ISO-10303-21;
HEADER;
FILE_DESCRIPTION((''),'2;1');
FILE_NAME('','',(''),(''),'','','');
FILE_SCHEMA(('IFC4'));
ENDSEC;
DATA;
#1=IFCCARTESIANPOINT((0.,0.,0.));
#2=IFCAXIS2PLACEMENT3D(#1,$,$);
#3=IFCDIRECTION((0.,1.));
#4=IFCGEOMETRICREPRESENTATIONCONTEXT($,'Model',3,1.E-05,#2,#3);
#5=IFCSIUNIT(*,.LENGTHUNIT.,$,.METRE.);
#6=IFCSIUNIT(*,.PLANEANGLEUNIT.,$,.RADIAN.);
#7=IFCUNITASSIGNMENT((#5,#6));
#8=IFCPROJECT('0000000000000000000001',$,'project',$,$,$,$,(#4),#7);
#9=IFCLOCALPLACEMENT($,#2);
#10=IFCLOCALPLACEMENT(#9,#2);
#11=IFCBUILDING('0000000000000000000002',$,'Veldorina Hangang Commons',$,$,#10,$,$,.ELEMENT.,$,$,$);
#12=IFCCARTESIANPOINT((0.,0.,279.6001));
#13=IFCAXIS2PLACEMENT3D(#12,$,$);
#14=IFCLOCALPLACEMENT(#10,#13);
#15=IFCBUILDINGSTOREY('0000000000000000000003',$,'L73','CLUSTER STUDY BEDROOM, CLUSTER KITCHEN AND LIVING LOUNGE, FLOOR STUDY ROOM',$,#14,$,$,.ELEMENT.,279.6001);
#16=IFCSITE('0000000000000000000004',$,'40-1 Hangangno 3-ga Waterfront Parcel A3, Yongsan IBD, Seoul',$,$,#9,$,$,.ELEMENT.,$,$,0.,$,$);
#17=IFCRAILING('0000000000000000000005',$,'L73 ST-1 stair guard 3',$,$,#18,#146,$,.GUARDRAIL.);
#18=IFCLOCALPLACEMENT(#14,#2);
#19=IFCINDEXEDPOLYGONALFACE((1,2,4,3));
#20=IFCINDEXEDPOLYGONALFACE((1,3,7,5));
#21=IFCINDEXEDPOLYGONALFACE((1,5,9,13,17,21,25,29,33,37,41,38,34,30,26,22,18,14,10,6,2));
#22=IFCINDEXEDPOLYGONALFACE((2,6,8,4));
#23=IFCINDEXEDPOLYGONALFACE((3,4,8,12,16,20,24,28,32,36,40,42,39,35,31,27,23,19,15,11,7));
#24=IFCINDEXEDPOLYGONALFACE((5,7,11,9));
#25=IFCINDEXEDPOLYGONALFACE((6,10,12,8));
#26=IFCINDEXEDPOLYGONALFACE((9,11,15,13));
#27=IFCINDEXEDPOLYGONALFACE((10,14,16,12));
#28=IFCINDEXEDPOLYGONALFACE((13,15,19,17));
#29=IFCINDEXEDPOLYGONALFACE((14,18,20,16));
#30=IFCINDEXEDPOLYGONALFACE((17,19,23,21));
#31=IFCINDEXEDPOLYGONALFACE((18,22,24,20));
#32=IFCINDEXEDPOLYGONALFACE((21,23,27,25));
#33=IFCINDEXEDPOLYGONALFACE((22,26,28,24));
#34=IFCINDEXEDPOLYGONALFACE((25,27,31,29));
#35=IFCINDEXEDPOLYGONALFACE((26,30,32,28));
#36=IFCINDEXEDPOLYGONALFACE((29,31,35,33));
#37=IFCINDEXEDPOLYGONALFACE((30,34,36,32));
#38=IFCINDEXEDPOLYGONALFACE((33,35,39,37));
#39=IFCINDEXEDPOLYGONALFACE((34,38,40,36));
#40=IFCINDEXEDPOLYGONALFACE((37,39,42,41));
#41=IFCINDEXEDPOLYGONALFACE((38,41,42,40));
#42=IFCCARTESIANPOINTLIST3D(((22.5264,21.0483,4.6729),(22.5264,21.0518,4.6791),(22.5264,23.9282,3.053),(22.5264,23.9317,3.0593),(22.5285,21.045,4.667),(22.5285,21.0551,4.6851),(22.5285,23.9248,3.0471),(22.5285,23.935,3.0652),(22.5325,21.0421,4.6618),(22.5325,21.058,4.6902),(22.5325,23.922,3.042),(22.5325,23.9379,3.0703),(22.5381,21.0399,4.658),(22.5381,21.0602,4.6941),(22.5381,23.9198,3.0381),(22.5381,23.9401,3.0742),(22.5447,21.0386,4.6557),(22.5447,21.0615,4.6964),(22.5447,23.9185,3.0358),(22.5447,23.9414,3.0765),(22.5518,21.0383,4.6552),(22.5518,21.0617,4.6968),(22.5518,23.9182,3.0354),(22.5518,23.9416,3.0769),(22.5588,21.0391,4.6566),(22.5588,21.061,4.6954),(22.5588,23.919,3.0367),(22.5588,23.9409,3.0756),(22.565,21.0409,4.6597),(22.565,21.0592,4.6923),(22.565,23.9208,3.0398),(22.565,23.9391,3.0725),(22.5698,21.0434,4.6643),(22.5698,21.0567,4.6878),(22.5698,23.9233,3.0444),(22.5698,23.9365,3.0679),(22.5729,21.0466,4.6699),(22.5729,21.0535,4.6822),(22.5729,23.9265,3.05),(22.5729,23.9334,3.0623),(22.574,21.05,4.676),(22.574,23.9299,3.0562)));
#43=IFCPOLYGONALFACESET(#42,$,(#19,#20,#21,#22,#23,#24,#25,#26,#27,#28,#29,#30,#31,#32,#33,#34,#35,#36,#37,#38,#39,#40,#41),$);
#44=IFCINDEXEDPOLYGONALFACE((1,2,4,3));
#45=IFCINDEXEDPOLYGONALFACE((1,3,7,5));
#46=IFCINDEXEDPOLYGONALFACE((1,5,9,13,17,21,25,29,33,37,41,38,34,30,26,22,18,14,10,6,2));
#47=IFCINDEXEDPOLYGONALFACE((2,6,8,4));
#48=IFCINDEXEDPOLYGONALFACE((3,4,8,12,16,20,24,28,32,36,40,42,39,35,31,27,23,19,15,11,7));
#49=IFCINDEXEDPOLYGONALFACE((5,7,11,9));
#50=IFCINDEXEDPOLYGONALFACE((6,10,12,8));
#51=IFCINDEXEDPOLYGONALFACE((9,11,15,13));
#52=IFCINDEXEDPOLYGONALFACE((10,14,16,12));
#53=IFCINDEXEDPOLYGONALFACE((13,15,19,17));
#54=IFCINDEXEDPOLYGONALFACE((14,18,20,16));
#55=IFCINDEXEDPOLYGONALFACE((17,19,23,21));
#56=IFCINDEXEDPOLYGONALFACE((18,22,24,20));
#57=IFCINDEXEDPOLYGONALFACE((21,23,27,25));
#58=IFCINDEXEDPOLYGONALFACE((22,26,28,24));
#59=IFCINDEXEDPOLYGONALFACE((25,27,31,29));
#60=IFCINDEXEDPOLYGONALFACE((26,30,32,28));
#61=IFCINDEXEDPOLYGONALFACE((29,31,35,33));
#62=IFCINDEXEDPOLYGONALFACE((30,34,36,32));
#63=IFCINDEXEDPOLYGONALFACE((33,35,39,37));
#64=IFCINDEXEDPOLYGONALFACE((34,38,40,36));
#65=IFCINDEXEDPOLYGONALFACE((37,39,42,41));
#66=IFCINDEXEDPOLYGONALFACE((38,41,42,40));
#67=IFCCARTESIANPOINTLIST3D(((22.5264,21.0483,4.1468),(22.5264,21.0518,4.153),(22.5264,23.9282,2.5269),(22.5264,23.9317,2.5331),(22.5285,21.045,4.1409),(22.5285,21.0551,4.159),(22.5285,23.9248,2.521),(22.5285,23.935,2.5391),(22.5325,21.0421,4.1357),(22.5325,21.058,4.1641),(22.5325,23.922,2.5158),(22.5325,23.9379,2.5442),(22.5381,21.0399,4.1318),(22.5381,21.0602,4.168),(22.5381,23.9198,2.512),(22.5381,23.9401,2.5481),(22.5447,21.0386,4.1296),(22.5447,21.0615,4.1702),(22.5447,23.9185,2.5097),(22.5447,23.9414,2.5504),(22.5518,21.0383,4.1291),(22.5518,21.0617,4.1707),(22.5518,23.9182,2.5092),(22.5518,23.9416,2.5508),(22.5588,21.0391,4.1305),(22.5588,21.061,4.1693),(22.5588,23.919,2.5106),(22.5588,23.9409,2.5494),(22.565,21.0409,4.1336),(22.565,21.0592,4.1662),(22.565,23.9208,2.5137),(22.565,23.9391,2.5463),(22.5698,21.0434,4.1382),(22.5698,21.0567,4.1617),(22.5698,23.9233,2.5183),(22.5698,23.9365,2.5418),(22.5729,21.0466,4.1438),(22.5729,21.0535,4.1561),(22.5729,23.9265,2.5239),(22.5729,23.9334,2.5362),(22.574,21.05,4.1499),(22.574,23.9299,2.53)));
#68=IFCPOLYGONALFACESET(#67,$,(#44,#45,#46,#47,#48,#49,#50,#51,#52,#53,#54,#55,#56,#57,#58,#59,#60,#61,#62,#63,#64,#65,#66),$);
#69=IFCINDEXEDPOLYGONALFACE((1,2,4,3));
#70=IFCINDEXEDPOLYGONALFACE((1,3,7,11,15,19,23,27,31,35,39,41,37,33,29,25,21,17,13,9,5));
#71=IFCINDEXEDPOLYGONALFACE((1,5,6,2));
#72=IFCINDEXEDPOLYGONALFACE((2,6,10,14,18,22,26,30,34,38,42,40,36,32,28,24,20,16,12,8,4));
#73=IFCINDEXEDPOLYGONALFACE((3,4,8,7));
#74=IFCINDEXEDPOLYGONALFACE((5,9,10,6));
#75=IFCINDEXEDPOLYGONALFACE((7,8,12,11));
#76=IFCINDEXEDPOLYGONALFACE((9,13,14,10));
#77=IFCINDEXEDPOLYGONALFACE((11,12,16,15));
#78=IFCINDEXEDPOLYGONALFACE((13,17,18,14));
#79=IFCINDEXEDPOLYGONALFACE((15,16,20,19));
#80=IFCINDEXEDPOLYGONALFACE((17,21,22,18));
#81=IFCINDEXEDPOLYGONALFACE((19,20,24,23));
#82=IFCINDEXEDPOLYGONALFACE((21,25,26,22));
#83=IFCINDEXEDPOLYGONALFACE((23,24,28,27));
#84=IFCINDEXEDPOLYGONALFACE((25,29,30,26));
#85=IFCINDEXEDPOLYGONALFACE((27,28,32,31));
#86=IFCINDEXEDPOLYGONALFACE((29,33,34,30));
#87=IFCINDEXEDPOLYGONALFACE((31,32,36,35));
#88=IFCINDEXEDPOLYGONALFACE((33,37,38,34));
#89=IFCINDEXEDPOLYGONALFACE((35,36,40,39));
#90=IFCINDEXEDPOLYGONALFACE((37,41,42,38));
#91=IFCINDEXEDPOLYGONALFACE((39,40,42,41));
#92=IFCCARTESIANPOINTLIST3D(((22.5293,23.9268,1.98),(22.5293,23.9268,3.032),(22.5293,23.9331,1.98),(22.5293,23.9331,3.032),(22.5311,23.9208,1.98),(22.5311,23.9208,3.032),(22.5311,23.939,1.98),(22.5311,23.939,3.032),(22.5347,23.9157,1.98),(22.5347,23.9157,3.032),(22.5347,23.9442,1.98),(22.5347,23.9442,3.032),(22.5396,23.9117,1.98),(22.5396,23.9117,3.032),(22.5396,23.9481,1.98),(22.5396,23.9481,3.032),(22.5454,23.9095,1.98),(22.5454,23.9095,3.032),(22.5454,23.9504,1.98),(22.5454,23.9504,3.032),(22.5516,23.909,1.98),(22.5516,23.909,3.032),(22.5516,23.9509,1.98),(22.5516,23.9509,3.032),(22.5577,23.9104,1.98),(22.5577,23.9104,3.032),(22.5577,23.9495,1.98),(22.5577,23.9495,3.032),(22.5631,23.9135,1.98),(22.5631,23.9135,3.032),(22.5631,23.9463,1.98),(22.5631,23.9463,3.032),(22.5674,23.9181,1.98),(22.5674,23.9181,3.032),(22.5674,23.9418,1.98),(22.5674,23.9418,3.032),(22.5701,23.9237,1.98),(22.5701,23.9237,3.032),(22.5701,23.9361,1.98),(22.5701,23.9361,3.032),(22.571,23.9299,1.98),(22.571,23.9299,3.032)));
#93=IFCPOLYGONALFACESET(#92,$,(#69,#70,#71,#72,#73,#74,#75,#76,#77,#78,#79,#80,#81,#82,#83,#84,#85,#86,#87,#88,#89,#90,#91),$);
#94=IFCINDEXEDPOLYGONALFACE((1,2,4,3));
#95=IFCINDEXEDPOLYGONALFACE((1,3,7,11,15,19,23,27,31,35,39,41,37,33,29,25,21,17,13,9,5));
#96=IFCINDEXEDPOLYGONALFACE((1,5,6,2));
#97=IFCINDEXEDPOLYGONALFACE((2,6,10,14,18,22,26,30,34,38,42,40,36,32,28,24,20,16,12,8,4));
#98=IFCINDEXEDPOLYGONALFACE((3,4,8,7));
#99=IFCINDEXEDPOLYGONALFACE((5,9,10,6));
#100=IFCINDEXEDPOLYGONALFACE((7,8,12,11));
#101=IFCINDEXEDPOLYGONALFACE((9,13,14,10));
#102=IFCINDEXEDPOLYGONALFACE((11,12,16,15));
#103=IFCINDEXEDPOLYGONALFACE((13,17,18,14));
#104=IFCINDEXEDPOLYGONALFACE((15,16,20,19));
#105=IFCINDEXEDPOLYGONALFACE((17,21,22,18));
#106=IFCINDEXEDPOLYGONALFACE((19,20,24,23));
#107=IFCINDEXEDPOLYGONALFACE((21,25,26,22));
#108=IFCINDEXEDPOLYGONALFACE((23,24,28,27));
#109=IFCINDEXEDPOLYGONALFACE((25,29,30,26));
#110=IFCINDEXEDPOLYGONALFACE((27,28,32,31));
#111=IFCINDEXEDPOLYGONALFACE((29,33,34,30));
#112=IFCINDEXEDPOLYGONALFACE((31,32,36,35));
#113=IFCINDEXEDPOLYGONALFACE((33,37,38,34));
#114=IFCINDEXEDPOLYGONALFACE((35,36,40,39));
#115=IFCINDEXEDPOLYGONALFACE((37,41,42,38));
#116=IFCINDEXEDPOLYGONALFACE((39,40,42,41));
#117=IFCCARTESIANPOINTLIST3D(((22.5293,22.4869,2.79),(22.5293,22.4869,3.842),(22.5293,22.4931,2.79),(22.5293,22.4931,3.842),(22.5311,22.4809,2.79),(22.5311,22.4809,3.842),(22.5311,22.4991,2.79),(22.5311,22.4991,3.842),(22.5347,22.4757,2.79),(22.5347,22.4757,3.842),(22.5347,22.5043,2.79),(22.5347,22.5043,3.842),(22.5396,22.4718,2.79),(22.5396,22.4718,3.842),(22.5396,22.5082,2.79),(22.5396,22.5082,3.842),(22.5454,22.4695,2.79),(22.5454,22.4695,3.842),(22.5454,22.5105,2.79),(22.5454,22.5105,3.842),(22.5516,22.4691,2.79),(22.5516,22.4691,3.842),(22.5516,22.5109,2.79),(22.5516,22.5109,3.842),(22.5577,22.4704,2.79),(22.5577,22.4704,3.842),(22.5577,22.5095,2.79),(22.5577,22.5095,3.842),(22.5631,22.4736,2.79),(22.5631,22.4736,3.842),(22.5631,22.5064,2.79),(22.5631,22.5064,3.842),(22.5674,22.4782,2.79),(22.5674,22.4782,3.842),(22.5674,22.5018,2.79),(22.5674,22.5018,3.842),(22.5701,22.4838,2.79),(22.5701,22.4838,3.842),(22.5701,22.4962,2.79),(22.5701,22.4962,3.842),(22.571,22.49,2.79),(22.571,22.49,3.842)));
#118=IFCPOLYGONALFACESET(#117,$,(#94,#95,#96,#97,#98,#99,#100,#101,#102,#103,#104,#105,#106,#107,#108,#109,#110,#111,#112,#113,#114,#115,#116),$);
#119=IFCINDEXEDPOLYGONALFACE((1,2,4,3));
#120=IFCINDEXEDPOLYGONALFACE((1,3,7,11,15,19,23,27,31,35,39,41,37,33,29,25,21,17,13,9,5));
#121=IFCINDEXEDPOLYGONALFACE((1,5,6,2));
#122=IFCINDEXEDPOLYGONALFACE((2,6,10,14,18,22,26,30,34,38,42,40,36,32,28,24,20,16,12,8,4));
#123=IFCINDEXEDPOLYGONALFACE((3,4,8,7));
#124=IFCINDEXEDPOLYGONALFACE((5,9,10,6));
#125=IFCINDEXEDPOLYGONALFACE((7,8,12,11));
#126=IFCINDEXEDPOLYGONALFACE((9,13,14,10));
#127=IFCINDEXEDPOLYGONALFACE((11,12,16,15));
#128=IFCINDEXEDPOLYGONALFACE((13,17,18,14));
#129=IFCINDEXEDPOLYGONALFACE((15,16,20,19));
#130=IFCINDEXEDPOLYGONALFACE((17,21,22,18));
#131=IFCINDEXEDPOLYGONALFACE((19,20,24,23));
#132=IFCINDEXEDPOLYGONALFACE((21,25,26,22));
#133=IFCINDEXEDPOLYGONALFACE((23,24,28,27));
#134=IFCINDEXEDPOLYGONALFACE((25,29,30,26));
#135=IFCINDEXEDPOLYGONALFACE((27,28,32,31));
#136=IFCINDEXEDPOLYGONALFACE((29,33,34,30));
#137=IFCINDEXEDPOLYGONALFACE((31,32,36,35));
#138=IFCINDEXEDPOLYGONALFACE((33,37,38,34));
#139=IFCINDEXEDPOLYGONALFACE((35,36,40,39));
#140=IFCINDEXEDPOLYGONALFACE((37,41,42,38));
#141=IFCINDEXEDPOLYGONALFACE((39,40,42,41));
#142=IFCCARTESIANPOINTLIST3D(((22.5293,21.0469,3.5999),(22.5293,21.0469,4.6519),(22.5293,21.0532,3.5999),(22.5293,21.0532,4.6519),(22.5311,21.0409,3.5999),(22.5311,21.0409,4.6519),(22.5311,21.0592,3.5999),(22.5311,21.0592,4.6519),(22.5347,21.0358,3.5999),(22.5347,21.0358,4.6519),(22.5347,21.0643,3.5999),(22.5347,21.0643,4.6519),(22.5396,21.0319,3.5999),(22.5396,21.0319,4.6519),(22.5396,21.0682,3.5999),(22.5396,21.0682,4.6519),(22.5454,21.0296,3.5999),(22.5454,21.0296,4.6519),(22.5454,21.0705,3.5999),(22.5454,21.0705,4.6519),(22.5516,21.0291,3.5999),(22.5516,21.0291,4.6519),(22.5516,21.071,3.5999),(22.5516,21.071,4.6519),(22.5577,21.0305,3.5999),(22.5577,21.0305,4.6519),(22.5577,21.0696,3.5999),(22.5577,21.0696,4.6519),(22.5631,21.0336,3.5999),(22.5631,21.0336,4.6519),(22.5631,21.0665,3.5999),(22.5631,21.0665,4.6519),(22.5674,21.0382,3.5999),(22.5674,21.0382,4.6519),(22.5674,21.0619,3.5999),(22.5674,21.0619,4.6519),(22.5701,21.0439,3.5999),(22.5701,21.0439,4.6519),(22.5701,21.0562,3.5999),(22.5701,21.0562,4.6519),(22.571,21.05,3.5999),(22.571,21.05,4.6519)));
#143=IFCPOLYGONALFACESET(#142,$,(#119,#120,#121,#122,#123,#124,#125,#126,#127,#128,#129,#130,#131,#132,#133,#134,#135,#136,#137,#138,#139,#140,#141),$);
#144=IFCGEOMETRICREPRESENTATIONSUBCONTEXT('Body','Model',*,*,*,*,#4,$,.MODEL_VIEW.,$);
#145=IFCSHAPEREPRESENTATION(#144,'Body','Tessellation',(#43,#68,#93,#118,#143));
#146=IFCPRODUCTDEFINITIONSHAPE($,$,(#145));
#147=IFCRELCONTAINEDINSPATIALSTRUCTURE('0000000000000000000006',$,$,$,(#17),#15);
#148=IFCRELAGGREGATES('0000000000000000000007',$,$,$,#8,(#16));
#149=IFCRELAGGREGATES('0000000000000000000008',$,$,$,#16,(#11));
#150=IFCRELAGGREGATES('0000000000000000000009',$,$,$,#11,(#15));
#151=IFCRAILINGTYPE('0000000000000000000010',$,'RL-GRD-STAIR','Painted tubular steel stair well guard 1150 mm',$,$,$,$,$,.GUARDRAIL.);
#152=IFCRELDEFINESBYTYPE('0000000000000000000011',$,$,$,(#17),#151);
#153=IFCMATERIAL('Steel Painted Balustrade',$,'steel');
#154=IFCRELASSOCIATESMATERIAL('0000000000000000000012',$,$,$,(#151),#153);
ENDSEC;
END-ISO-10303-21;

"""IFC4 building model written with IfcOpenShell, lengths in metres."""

from ifc_helpers import new_model, si_unit, direction, frame, origin, origin_2d, place, context, subcontext, project, spatial, circle, extrude, material, type_object, element, save


model = new_model("IFC4")

# Units and contexts
model_context = context("Model", 3, precision=1e-05, world=origin(), true_north=direction((0.0, 1.0)))
body_context = subcontext(model_context, "Body", "Model", "MODEL_VIEW")
ifc_project = project(units=[si_unit("LENGTHUNIT", "METRE"), si_unit("PLANEANGLEUNIT", "RADIAN")], contexts=[model_context])

# Site, building, storey
site_placement = place(None, origin())
site = spatial("IfcSite", under=ifc_project, at=site_placement, Name="40-1 Hangangno 3-ga Waterfront Parcel A3, Yongsan IBD, Seoul", CompositionType="ELEMENT", RefElevation=0.0)
building_placement = place(site_placement, origin())
building = spatial("IfcBuilding", under=site, at=building_placement, Name="Veldorina Hangang Commons", CompositionType="ELEMENT")
storey_placement = place(building_placement, frame((0.0, 0.0, 279.6001)))
storey = spatial("IfcBuildingStorey", under=building, at=storey_placement, Name="L73", Description="CLUSTER STUDY BEDROOM, CLUSTER KITCHEN AND LIVING LOUNGE, FLOOR STUDY ROOM", CompositionType="ELEMENT", Elevation=279.6001)

# Railing
ifc_material_1 = material(Name="Steel Painted Balustrade", Category="steel")
railing_type_1 = type_object("IfcRailingType", Name="RL-GRD-STAIR", Description="Painted tubular steel stair well guard 1150 mm", PredefinedType="GUARDRAIL", material=ifc_material_1)
railing_1_placement = place(storey_placement, frame((22.55, 23.9299, 1.98)))
element("IfcRailing", 1, at=railing_1_placement, inside=storey, type_object=railing_type_1, Name="L73 ST-1 stair guard 3", PredefinedType="GUARDRAIL", context=body_context, shape_type="SweptSolid", body=[
    extrude(circle(Radius=0.0239, at=origin_2d()), frame((0.0, 0.0, 1.0762), z_axis=(0.0, -0.871583, 0.490247), x_axis=(1.0, 0.0, 0.0)), (0.0, 0.0, 1.0), 3.3042),
    extrude(circle(Radius=0.0239, at=origin_2d()), frame((0.0, 0.0, 0.55), z_axis=(0.0, -0.871583, 0.490247), x_axis=(1.0, 0.0, 0.0)), (0.0, 0.0, 1.0), 3.3042),
    extrude(circle(Radius=0.021, at=origin_2d()), origin(), (0.0, 0.0, 1.0), 1.052),
    extrude(circle(Radius=0.021, at=origin_2d()), frame((0.0, -1.4399, 0.8101)), (0.0, 0.0, 1.0), 1.052),
    extrude(circle(Radius=0.021, at=origin_2d()), frame((0.0, -2.8799, 1.6199)), (0.0, 0.0, 1.0), 1.052),
])

save(model, "model.ifc")
